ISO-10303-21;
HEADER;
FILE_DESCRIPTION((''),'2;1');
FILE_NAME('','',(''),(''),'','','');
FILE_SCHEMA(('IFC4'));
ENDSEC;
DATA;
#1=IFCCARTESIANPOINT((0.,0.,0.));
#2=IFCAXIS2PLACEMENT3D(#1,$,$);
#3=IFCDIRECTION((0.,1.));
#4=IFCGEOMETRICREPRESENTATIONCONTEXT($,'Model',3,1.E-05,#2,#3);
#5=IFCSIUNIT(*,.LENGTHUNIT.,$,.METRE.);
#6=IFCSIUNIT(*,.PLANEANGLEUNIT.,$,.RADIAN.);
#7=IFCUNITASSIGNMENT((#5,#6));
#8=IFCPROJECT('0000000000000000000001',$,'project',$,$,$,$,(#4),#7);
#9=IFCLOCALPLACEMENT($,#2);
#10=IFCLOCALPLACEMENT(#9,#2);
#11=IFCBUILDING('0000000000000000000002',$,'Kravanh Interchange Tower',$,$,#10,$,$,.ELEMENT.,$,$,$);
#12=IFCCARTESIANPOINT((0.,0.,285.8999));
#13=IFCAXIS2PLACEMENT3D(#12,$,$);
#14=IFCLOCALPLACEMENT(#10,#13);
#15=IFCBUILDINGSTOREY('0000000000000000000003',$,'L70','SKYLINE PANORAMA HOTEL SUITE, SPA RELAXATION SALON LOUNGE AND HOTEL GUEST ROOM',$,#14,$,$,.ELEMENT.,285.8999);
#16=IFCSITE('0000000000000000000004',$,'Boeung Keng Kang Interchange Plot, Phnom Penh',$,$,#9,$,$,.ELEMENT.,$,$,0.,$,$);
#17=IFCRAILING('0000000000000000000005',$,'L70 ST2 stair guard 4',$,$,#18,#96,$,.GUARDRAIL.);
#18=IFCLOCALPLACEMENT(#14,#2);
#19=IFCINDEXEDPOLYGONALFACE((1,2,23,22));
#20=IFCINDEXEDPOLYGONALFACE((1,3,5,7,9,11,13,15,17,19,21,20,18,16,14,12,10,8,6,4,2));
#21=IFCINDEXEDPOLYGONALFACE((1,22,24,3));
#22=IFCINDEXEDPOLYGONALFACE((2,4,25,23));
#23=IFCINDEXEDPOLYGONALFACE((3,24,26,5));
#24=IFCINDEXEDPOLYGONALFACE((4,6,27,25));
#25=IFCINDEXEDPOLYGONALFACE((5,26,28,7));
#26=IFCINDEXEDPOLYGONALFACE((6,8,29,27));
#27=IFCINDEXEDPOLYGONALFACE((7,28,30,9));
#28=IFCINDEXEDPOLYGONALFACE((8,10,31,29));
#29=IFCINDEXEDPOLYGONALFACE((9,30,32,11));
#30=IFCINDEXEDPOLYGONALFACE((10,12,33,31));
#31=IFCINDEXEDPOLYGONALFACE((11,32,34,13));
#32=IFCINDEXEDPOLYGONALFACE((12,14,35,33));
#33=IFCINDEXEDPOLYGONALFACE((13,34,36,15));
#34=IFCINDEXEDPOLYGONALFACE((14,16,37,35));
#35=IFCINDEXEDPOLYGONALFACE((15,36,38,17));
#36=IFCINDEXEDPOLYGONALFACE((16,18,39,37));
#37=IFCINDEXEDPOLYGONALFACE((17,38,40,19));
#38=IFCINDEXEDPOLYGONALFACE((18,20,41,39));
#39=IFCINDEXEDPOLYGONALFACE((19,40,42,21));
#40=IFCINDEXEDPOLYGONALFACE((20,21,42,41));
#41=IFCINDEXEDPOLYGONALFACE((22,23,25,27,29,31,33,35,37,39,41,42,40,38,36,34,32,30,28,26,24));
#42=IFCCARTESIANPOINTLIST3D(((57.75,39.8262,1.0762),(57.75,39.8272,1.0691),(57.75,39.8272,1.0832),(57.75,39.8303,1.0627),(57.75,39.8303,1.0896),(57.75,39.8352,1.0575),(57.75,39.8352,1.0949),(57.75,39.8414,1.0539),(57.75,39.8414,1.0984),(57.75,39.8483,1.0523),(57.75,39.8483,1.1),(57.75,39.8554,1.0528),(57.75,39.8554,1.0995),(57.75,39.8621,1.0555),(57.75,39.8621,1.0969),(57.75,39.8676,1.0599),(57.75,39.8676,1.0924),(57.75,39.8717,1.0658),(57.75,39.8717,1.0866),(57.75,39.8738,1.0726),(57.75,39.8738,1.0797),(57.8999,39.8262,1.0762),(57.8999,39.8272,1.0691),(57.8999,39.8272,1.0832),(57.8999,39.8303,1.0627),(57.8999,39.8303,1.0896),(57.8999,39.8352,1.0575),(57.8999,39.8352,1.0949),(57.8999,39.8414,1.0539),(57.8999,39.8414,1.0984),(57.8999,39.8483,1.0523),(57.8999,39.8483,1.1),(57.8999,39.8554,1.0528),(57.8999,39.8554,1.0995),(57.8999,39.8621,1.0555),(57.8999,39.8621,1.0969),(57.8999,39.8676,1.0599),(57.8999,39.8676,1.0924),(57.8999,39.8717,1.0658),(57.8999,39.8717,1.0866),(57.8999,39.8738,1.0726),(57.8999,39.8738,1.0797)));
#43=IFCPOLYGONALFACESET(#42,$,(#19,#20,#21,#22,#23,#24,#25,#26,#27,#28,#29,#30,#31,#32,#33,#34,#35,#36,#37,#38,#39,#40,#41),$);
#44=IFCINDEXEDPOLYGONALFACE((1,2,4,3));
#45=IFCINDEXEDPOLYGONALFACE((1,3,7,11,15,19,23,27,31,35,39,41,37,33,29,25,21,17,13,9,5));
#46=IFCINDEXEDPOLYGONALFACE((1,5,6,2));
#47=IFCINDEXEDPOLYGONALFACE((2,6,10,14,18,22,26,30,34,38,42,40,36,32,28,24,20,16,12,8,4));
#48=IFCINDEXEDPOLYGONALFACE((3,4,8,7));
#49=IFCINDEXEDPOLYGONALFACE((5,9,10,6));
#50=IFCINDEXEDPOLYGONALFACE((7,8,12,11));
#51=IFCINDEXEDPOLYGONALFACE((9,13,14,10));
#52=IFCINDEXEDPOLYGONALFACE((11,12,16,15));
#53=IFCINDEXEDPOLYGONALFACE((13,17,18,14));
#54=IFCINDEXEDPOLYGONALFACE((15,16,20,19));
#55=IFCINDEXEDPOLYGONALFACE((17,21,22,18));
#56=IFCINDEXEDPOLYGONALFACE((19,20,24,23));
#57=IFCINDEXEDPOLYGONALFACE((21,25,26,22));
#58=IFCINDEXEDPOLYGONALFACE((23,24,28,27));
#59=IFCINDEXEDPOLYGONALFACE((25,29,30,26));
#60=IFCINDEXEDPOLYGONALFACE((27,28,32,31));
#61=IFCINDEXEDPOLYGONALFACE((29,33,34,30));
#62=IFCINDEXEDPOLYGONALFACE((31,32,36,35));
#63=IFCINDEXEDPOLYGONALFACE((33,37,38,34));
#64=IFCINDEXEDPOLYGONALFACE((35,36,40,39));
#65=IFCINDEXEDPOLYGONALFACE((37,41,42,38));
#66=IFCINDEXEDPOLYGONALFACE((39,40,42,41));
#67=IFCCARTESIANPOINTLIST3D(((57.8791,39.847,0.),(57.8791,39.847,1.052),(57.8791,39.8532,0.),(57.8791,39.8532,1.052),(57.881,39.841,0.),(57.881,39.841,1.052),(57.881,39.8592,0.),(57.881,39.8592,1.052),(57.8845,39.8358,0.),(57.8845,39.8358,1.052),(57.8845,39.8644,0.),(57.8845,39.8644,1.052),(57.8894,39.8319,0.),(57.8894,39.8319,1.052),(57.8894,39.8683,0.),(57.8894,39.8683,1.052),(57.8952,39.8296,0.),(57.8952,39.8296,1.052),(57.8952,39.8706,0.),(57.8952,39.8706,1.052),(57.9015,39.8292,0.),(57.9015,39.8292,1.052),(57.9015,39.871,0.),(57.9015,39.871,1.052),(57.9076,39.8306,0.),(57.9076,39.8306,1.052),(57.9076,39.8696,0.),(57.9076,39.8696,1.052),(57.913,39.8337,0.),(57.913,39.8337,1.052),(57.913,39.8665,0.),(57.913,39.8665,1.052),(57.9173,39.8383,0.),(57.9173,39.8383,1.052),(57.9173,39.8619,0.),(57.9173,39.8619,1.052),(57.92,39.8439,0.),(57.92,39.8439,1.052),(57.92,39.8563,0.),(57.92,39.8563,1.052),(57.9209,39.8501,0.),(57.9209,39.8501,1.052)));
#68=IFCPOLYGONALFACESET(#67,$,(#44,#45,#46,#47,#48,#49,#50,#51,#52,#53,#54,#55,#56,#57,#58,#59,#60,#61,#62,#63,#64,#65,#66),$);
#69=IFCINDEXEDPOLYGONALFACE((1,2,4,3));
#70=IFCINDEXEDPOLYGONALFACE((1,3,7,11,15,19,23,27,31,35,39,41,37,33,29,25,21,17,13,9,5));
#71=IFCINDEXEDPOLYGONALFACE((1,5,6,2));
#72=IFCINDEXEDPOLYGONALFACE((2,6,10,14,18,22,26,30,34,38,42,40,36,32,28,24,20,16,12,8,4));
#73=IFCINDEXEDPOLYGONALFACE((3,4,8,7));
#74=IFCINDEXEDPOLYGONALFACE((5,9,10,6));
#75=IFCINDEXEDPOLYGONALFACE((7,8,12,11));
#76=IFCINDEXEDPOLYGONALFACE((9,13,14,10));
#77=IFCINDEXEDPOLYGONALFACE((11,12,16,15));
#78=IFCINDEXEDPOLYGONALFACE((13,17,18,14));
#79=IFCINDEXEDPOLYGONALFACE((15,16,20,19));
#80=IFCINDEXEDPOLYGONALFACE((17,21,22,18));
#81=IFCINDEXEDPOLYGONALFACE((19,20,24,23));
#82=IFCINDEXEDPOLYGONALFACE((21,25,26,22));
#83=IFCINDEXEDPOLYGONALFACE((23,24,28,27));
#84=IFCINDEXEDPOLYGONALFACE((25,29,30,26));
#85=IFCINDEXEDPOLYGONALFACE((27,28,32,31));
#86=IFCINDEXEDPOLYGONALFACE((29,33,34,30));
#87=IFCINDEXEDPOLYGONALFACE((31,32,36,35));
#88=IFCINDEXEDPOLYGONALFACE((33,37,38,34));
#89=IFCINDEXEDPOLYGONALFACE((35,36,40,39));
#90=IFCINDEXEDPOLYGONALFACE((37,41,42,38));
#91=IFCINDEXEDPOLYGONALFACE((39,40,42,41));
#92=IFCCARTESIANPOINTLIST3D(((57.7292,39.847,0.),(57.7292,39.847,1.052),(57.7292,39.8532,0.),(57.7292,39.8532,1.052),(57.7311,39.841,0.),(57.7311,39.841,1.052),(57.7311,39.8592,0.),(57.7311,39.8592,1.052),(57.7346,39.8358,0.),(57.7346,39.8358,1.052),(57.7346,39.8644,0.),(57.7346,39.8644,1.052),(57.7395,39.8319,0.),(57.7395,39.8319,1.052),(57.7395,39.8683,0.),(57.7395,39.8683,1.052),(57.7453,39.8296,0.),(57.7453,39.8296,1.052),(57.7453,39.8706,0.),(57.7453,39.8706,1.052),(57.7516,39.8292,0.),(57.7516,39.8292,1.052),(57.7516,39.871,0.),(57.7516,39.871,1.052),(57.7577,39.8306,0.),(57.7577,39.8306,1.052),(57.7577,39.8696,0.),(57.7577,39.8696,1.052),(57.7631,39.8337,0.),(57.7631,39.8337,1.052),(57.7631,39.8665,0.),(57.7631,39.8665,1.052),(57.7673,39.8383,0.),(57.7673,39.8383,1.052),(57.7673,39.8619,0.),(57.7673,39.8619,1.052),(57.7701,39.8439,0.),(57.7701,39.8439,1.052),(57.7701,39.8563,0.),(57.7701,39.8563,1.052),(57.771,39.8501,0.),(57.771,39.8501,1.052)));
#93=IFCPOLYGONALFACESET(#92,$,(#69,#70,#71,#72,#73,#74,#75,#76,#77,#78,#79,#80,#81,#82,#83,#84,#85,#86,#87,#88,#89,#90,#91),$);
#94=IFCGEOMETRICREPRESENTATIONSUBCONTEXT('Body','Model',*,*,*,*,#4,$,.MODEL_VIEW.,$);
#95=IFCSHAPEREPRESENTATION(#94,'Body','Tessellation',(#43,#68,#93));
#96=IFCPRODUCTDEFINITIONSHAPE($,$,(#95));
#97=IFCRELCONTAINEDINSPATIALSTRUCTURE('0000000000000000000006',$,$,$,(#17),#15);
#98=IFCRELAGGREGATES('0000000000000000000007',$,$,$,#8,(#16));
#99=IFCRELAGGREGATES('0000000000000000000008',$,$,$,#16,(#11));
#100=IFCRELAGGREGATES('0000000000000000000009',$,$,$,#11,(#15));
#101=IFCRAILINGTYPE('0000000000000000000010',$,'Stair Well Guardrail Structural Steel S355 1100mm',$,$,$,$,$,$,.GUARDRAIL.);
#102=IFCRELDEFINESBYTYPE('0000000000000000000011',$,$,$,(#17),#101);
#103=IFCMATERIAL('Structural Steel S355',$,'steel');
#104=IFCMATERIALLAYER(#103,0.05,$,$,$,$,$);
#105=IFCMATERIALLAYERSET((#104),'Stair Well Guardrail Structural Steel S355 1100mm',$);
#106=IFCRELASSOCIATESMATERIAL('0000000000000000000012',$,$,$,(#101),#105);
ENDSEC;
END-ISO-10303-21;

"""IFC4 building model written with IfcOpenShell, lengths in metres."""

from ifc_helpers import new_model, si_unit, direction, frame, origin, origin_2d, place, context, subcontext, project, spatial, circle, extrude, material, layer, layer_set, type_object, element, save


model = new_model("IFC4")

# Units and contexts
model_context = context("Model", 3, precision=1e-05, world=origin(), true_north=direction((0.0, 1.0)))
body_context = subcontext(model_context, "Body", "Model", "MODEL_VIEW")
ifc_project = project(units=[si_unit("LENGTHUNIT", "METRE"), si_unit("PLANEANGLEUNIT", "RADIAN")], contexts=[model_context])

# Site, building, storey
site_placement = place(None, origin())
site = spatial("IfcSite", under=ifc_project, at=site_placement, Name="Boeung Keng Kang Interchange Plot, Phnom Penh", CompositionType="ELEMENT", RefElevation=0.0)
building_placement = place(site_placement, origin())
building = spatial("IfcBuilding", under=site, at=building_placement, Name="Kravanh Interchange Tower", CompositionType="ELEMENT")
storey_placement = place(building_placement, frame((0.0, 0.0, 285.8999)))
storey = spatial("IfcBuildingStorey", under=building, at=storey_placement, Name="L70", Description="SKYLINE PANORAMA HOTEL SUITE, SPA RELAXATION SALON LOUNGE AND HOTEL GUEST ROOM", CompositionType="ELEMENT", Elevation=285.8999)

# Railing
ifc_material_1 = material(Name="Structural Steel S355", Category="steel")
ifc_layer_1 = layer(ifc_material_1, 0.05)
ifc_layer_set_1 = layer_set([ifc_layer_1], Name="Stair Well Guardrail Structural Steel S355 1100mm")
railing_type_1 = type_object("IfcRailingType", Name="Stair Well Guardrail Structural Steel S355 1100mm", PredefinedType="GUARDRAIL", material=ifc_layer_set_1)
railing_1_placement = place(storey_placement, frame((57.8999, 39.8501, 0.0)))
element("IfcRailing", 1, at=railing_1_placement, inside=storey, type_object=railing_type_1, Name="L70 ST2 stair guard 4", PredefinedType="GUARDRAIL", context=body_context, shape_type="SweptSolid", body=[
    extrude(circle(Radius=0.0239, at=origin_2d()), frame((0.0, 0.0, 1.0762), z_axis=(-1.0, 0.0, 0.0), x_axis=(0.0, -1.0, 0.0)), (0.0, 0.0, 1.0), 0.1499),
    extrude(circle(Radius=0.021, at=origin_2d()), origin(), (0.0, 0.0, 1.0), 1.052),
    extrude(circle(Radius=0.021, at=origin_2d()), frame((-0.1499, 0.0, 0.0)), (0.0, 0.0, 1.0), 1.052),
])

save(model, "model.ifc")
